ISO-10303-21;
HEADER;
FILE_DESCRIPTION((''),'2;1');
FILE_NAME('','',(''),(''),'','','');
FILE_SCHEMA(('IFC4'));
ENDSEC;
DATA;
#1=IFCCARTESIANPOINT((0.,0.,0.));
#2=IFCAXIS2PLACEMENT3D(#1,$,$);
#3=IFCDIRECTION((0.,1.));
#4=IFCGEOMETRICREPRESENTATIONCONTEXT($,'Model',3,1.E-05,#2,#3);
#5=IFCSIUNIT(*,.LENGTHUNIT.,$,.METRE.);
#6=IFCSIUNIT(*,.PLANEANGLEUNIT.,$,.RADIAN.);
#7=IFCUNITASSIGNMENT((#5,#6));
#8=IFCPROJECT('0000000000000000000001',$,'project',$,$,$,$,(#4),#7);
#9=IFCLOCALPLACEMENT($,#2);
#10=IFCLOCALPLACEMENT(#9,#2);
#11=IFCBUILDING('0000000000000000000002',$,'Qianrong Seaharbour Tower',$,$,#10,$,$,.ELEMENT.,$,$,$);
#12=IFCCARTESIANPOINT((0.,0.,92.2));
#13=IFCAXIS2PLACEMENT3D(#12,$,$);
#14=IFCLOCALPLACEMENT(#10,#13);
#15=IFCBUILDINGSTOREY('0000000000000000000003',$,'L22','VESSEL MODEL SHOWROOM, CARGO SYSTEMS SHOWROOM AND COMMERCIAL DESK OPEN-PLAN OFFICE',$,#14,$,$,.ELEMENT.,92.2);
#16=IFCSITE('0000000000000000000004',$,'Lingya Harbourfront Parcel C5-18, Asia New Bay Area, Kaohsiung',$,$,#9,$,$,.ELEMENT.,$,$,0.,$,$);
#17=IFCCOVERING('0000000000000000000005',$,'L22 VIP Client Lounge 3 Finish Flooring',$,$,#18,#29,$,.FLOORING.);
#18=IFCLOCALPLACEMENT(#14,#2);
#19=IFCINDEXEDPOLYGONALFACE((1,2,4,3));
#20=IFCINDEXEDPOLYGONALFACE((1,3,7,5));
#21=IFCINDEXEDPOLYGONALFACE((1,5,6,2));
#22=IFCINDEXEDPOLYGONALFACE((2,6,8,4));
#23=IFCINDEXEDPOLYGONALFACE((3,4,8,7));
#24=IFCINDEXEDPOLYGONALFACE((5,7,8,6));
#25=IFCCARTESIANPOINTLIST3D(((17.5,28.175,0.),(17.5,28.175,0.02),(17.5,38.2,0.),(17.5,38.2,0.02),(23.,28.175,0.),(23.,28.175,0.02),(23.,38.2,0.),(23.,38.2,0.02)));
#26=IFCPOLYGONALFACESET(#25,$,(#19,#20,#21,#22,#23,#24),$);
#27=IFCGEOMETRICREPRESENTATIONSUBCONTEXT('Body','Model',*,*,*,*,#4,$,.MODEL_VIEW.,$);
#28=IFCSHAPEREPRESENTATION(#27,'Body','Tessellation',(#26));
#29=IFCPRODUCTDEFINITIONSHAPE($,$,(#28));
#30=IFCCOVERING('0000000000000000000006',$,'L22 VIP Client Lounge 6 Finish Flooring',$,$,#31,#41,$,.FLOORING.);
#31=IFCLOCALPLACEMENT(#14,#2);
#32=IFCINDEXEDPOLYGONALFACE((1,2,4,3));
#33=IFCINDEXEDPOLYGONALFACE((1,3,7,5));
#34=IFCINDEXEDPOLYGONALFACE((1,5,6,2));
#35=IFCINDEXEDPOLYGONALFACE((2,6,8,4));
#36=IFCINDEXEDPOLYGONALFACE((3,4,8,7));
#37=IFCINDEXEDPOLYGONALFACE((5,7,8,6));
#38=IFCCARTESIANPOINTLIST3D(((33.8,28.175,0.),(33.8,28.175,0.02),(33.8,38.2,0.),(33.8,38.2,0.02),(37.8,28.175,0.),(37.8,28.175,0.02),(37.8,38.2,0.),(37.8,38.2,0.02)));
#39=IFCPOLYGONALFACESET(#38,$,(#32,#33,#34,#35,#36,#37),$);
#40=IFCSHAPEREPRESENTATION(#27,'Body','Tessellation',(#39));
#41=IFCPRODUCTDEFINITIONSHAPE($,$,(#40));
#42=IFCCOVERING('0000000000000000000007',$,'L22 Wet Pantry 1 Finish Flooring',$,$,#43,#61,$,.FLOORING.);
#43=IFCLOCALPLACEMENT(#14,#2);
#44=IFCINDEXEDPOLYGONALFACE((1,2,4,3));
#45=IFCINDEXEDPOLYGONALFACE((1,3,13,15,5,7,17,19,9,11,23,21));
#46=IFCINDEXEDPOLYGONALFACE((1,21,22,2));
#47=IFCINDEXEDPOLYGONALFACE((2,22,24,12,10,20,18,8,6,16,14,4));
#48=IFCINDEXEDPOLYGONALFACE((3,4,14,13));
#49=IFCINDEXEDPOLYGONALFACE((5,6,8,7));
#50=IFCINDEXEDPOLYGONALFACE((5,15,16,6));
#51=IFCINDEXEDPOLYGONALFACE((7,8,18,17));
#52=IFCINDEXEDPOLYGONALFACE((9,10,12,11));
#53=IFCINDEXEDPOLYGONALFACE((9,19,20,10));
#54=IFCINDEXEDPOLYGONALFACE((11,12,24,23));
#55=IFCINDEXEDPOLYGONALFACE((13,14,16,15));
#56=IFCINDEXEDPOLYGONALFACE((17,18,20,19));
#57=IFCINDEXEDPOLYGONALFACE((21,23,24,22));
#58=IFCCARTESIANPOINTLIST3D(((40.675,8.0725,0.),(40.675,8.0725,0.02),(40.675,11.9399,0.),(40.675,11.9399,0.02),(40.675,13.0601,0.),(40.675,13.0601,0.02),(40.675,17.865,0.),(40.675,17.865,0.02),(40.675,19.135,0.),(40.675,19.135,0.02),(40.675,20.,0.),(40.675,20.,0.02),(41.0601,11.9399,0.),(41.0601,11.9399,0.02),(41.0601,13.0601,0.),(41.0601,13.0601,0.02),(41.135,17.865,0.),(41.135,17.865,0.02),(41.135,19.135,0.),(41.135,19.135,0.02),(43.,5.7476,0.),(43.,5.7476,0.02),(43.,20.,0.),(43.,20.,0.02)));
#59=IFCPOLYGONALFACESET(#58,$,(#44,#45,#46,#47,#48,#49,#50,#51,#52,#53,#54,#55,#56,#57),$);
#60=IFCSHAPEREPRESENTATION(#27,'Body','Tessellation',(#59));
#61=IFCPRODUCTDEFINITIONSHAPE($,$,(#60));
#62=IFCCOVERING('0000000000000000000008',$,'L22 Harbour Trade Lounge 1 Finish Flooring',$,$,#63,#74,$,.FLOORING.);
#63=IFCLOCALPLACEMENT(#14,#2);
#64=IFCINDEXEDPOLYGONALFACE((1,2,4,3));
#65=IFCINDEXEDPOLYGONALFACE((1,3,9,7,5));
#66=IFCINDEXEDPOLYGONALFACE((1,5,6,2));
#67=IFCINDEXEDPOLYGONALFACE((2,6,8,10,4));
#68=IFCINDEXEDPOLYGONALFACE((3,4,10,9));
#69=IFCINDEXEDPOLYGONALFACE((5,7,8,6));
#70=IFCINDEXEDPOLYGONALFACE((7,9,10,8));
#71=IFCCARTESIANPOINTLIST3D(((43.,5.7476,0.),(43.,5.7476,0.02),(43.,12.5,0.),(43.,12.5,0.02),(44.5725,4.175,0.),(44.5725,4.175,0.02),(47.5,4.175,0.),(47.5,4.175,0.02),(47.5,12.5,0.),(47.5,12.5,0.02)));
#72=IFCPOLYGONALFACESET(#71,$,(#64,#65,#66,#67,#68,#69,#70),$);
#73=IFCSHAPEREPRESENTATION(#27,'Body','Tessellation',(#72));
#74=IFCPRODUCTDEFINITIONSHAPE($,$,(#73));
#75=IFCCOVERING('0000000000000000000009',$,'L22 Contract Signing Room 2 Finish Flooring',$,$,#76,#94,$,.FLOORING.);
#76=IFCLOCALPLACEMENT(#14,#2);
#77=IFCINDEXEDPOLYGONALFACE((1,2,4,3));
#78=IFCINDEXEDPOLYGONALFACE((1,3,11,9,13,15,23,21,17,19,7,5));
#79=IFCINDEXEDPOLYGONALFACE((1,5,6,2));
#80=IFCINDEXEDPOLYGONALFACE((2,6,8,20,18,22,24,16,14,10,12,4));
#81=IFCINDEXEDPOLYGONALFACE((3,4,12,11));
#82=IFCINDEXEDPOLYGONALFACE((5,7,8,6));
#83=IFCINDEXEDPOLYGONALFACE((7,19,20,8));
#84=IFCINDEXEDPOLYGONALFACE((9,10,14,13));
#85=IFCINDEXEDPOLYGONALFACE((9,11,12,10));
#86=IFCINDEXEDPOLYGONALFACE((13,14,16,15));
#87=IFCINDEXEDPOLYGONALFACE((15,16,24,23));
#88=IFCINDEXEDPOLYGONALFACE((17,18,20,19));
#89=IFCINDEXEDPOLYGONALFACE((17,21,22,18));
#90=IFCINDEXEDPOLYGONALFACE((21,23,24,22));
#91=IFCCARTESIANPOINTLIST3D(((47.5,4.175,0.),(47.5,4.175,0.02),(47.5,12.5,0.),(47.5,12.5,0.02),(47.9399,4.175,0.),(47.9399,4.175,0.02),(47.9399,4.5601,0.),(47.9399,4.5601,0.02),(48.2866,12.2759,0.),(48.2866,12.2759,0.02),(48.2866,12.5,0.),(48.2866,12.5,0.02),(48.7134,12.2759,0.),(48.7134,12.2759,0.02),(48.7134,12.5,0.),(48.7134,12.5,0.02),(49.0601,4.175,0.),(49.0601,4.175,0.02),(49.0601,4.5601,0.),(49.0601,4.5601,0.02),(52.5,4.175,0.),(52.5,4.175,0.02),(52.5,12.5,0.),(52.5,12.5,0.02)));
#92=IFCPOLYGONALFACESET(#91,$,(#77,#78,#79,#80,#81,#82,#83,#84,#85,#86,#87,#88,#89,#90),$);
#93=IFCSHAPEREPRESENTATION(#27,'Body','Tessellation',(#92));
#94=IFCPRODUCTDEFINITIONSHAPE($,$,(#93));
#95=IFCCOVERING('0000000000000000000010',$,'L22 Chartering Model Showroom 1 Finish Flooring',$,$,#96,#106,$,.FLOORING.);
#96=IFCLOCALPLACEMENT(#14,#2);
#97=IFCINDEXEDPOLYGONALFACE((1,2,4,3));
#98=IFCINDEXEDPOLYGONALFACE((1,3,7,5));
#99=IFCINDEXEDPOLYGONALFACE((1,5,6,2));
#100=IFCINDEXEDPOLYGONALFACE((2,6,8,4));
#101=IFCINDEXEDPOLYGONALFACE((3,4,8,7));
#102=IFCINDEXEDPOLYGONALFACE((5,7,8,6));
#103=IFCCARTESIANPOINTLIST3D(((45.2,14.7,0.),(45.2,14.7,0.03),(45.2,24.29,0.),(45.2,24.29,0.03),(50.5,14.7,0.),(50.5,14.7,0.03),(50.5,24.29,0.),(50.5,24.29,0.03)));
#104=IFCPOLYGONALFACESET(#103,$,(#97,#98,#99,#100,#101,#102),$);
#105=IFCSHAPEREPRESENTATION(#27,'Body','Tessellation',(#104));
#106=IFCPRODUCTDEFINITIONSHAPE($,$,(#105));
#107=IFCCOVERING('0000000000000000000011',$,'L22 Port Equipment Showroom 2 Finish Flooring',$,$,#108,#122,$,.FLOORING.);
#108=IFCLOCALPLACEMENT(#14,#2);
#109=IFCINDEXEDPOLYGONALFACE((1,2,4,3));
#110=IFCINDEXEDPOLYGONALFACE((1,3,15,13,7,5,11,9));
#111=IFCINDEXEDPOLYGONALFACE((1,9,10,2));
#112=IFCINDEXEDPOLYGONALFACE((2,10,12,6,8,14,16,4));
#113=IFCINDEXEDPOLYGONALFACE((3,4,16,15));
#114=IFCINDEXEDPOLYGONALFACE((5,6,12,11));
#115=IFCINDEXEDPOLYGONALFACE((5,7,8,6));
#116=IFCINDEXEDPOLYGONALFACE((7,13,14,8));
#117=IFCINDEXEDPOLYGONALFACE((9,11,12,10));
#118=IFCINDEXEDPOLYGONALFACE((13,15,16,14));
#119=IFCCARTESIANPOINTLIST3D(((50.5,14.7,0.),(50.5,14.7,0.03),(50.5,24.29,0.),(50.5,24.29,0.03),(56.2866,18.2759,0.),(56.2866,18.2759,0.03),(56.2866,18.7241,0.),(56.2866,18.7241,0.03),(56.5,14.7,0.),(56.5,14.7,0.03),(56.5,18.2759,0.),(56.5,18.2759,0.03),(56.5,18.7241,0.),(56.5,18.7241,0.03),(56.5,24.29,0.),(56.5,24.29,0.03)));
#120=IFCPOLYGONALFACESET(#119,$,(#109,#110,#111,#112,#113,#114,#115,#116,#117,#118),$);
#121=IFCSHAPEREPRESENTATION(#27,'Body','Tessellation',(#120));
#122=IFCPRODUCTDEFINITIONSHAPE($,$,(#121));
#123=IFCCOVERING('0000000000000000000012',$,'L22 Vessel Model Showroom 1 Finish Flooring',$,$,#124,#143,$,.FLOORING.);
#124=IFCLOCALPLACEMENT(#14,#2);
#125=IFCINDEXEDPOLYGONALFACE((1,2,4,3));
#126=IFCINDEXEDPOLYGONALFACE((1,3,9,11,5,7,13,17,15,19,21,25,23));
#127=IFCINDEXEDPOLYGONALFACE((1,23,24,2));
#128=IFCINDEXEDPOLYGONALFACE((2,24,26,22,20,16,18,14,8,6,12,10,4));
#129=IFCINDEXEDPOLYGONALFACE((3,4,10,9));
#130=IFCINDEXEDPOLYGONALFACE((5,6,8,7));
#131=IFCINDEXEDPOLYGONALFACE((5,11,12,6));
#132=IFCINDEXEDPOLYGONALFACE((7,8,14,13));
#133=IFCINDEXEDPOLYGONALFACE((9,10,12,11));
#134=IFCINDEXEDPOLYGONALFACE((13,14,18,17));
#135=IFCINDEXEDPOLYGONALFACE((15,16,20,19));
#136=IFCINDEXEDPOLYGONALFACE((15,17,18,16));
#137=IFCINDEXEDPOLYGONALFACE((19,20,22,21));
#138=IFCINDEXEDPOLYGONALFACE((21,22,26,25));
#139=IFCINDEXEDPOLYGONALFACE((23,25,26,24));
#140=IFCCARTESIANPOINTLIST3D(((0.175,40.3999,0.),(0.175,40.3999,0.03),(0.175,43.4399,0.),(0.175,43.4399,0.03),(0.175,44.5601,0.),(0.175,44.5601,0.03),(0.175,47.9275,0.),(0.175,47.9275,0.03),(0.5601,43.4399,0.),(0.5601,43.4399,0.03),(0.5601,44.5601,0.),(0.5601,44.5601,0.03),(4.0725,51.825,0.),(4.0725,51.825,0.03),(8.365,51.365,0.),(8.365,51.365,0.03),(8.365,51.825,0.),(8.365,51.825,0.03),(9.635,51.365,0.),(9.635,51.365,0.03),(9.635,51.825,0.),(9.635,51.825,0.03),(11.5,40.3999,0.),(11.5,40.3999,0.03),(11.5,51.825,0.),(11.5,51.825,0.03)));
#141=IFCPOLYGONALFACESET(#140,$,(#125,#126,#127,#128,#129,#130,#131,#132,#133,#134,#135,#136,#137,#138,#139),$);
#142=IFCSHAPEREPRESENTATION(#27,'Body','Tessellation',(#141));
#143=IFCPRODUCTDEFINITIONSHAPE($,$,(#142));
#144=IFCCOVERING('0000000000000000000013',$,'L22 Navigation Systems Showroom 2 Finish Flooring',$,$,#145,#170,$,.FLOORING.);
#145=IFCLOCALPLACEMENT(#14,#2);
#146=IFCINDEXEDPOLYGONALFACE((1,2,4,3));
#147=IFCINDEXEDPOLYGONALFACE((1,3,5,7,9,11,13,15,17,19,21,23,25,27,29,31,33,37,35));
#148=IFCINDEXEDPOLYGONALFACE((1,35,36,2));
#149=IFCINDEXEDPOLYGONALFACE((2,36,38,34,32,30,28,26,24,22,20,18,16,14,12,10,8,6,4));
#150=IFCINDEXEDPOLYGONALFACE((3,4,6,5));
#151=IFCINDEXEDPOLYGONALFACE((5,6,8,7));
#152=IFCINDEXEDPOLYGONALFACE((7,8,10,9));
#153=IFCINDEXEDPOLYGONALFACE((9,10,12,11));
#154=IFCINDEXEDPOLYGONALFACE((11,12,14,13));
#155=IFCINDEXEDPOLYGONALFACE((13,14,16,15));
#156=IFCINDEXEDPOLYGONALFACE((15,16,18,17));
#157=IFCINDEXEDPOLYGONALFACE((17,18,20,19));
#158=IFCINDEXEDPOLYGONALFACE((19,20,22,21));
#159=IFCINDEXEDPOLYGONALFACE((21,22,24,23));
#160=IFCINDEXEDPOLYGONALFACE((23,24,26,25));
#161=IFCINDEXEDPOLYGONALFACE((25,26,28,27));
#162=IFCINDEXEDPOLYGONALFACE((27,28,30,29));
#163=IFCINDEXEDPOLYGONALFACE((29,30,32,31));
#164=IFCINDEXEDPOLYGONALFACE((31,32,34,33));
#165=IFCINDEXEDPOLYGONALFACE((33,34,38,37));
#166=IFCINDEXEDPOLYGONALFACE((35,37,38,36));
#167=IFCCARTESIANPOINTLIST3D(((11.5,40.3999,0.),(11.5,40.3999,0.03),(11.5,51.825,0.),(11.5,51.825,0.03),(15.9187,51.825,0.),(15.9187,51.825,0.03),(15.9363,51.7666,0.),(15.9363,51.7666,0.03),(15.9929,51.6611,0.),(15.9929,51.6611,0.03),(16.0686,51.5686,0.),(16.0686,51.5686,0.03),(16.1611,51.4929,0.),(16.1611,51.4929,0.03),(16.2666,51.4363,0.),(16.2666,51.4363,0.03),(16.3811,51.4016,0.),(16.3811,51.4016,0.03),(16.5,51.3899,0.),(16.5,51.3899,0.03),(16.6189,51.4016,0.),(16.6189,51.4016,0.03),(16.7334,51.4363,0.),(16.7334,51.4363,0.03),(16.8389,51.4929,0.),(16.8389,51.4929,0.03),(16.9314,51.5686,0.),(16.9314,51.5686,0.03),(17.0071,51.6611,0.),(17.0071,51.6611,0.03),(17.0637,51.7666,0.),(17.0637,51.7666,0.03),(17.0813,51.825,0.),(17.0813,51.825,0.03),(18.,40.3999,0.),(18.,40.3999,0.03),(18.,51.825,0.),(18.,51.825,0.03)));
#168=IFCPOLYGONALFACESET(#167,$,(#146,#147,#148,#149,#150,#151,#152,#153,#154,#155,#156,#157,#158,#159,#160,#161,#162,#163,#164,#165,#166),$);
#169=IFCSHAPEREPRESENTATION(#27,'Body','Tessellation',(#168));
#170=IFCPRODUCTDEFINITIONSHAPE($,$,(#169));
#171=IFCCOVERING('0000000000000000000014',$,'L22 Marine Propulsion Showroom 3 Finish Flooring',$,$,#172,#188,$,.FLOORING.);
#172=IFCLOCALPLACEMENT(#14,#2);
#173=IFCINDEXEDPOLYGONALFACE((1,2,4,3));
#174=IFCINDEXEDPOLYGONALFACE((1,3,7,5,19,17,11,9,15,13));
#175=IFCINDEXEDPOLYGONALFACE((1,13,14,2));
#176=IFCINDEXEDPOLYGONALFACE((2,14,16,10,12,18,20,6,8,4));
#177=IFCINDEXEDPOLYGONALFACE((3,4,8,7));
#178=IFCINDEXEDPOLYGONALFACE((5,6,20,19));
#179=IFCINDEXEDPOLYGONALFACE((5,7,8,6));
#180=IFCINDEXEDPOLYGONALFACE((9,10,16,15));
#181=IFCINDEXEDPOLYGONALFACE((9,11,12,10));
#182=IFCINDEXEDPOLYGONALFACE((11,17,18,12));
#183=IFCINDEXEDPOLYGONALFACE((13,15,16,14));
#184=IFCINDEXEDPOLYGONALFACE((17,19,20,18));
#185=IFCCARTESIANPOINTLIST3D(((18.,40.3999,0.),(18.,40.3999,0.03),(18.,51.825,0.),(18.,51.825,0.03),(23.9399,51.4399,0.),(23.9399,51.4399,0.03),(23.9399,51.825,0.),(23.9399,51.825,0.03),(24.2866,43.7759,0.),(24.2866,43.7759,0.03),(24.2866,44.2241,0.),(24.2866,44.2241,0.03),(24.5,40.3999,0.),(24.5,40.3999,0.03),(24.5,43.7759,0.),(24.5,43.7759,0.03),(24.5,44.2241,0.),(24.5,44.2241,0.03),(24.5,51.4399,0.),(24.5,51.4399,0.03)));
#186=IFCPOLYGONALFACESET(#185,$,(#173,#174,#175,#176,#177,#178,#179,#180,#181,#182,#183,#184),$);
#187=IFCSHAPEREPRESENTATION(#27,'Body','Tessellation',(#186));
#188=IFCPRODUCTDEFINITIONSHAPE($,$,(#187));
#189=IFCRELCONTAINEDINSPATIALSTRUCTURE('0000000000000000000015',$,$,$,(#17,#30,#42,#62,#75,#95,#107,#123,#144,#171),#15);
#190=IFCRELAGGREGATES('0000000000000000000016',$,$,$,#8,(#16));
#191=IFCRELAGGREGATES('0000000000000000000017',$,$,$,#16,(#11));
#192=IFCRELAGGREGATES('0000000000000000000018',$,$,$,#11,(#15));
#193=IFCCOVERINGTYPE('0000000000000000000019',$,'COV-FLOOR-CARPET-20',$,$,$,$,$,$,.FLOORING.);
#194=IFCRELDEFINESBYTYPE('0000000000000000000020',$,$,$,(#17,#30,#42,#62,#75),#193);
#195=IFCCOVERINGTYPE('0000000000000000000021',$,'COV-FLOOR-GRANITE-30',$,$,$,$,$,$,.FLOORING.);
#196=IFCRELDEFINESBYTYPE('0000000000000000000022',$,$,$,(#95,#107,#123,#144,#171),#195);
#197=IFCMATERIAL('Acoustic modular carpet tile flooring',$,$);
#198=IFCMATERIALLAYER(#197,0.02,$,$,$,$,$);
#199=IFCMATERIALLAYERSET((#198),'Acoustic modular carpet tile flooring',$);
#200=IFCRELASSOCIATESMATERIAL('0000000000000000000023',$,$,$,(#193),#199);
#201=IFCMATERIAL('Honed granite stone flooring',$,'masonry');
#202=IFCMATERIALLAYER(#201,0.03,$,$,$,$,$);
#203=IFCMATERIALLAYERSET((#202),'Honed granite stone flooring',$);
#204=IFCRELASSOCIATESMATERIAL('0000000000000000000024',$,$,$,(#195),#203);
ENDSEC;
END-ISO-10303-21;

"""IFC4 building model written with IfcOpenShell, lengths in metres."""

from ifc_helpers import new_model, si_unit, direction, frame, origin, place, context, subcontext, project, spatial, polyline, outline, extrude, material, layer, layer_set, type_object, element, save


model = new_model("IFC4")

# Units and contexts
model_context = context("Model", 3, precision=1e-05, world=origin(), true_north=direction((0.0, 1.0)))
body_context = subcontext(model_context, "Body", "Model", "MODEL_VIEW")
ifc_project = project(units=[si_unit("LENGTHUNIT", "METRE"), si_unit("PLANEANGLEUNIT", "RADIAN")], contexts=[model_context])

# Site, building, storey
site_placement = place(None, origin())
site = spatial("IfcSite", under=ifc_project, at=site_placement, Name="Lingya Harbourfront Parcel C5-18, Asia New Bay Area, Kaohsiung", CompositionType="ELEMENT", RefElevation=0.0)
building_placement = place(site_placement, origin())
building = spatial("IfcBuilding", under=site, at=building_placement, Name="Qianrong Seaharbour Tower", CompositionType="ELEMENT")
storey_placement = place(building_placement, frame((0.0, 0.0, 92.2)))
storey = spatial("IfcBuildingStorey", under=building, at=storey_placement, Name="L22", Description="VESSEL MODEL SHOWROOM, CARGO SYSTEMS SHOWROOM AND COMMERCIAL DESK OPEN-PLAN OFFICE", CompositionType="ELEMENT", Elevation=92.2)

# Coverings
ifc_material_1 = material(Name="Acoustic modular carpet tile flooring")
ifc_layer_1 = layer(ifc_material_1, 0.02)
ifc_layer_set_1 = layer_set([ifc_layer_1], Name="Acoustic modular carpet tile flooring")
covering_type_1 = type_object("IfcCoveringType", Name="COV-FLOOR-CARPET-20", PredefinedType="FLOORING", material=ifc_layer_set_1)
covering_1_placement = place(storey_placement, origin())
element("IfcCovering", 1, at=covering_1_placement, inside=storey, type_object=covering_type_1, Name="L22 VIP Client Lounge 3 Finish Flooring", PredefinedType="FLOORING", context=body_context, shape_type="SweptSolid", body=[
    extrude(outline(polyline([(23.0, 28.175), (17.5, 28.175), (17.5, 38.2), (23.0, 38.2), (23.0, 28.175)])), origin(), (0.0, 0.0, 1.0), 0.02),
])
covering_2_placement = place(storey_placement, origin())
element("IfcCovering", 2, at=covering_2_placement, inside=storey, type_object=covering_type_1, Name="L22 VIP Client Lounge 6 Finish Flooring", PredefinedType="FLOORING", context=body_context, shape_type="SweptSolid", body=[
    extrude(outline(polyline([(37.8, 28.175), (33.8, 28.175), (33.8, 38.2), (37.8, 38.2), (37.8, 28.175)])), origin(), (0.0, 0.0, 1.0), 0.02),
])
covering_3_placement = place(storey_placement, origin())
element("IfcCovering", 3, at=covering_3_placement, inside=storey, type_object=covering_type_1, Name="L22 Wet Pantry 1 Finish Flooring", PredefinedType="FLOORING", context=body_context, shape_type="SweptSolid", body=[
    extrude(outline(polyline([(40.675, 8.0725), (40.675, 11.9399), (41.0601, 11.9399), (41.0601, 13.0601), (40.675, 13.0601), (40.675, 17.865), (41.135, 17.865), (41.135, 19.135), (40.675, 19.135), (40.675, 20.0), (43.0, 20.0), (43.0, 5.7476), (40.675, 8.0725)])), origin(), (0.0, 0.0, 1.0), 0.02),
])
covering_4_placement = place(storey_placement, origin())
element("IfcCovering", 4, at=covering_4_placement, inside=storey, type_object=covering_type_1, Name="L22 Harbour Trade Lounge 1 Finish Flooring", PredefinedType="FLOORING", context=body_context, shape_type="SweptSolid", body=[
    extrude(outline(polyline([(47.5, 4.175), (44.5725, 4.175), (43.0, 5.7476), (43.0, 12.5), (47.5, 12.5), (47.5, 4.175)])), origin(), (0.0, 0.0, 1.0), 0.02),
])
covering_5_placement = place(storey_placement, origin())
element("IfcCovering", 5, at=covering_5_placement, inside=storey, type_object=covering_type_1, Name="L22 Contract Signing Room 2 Finish Flooring", PredefinedType="FLOORING", context=body_context, shape_type="SweptSolid", body=[
    extrude(outline(polyline([(52.5, 4.175), (49.0601, 4.175), (49.0601, 4.5601), (47.9399, 4.5601), (47.9399, 4.175), (47.5, 4.175), (47.5, 12.5), (48.2866, 12.5), (48.2866, 12.2759), (48.7134, 12.2759), (48.7134, 12.5), (52.5, 12.5), (52.5, 4.175)])), origin(), (0.0, 0.0, 1.0), 0.02),
])
ifc_material_2 = material(Name="Honed granite stone flooring", Category="masonry")
ifc_layer_2 = layer(ifc_material_2, 0.03)
ifc_layer_set_2 = layer_set([ifc_layer_2], Name="Honed granite stone flooring")
covering_type_2 = type_object("IfcCoveringType", Name="COV-FLOOR-GRANITE-30", PredefinedType="FLOORING", material=ifc_layer_set_2)
covering_6_placement = place(storey_placement, origin())
element("IfcCovering", 6, at=covering_6_placement, inside=storey, type_object=covering_type_2, Name="L22 Chartering Model Showroom 1 Finish Flooring", PredefinedType="FLOORING", context=body_context, shape_type="SweptSolid", body=[
    extrude(outline(polyline([(50.5, 24.29), (50.5, 14.7), (45.2, 14.7), (45.2, 24.29), (50.5, 24.29)])), origin(), (0.0, 0.0, 1.0), 0.03),
])
covering_7_placement = place(storey_placement, origin())
element("IfcCovering", 7, at=covering_7_placement, inside=storey, type_object=covering_type_2, Name="L22 Port Equipment Showroom 2 Finish Flooring", PredefinedType="FLOORING", context=body_context, shape_type="SweptSolid", body=[
    extrude(outline(polyline([(56.5, 24.29), (56.5, 18.7241), (56.2866, 18.7241), (56.2866, 18.2759), (56.5, 18.2759), (56.5, 14.7), (50.5, 14.7), (50.5, 24.29), (56.5, 24.29)])), origin(), (0.0, 0.0, 1.0), 0.03),
])
covering_8_placement = place(storey_placement, origin())
element("IfcCovering", 8, at=covering_8_placement, inside=storey, type_object=covering_type_2, Name="L22 Vessel Model Showroom 1 Finish Flooring", PredefinedType="FLOORING", context=body_context, shape_type="SweptSolid", body=[
    extrude(outline(polyline([(0.175, 43.4399), (0.5601, 43.4399), (0.5601, 44.5601), (0.175, 44.5601), (0.175, 47.9275), (4.0725, 51.825), (8.365, 51.825), (8.365, 51.365), (9.635, 51.365), (9.635, 51.825), (11.5, 51.825), (11.5, 40.3999), (0.175, 40.3999), (0.175, 43.4399)])), origin(), (0.0, 0.0, 1.0), 0.03),
])
covering_9_placement = place(storey_placement, origin())
element("IfcCovering", 9, at=covering_9_placement, inside=storey, type_object=covering_type_2, Name="L22 Navigation Systems Showroom 2 Finish Flooring", PredefinedType="FLOORING", context=body_context, shape_type="SweptSolid", body=[
    extrude(outline(polyline([(11.5, 51.825), (15.9187, 51.825), (15.9363, 51.7666), (15.9929, 51.6611), (16.0686, 51.5686), (16.1611, 51.4929), (16.2666, 51.4363), (16.3811, 51.4016), (16.5, 51.3899), (16.6189, 51.4016), (16.7334, 51.4363), (16.8389, 51.4929), (16.9314, 51.5686), (17.0071, 51.6611), (17.0637, 51.7666), (17.0813, 51.825), (18.0, 51.825), (18.0, 40.3999), (11.5, 40.3999), (11.5, 51.825)])), origin(), (0.0, 0.0, 1.0), 0.03),
])
covering_10_placement = place(storey_placement, origin())
element("IfcCovering", 10, at=covering_10_placement, inside=storey, type_object=covering_type_2, Name="L22 Marine Propulsion Showroom 3 Finish Flooring", PredefinedType="FLOORING", context=body_context, shape_type="SweptSolid", body=[
    extrude(outline(polyline([(18.0, 51.825), (23.9399, 51.825), (23.9399, 51.4399), (24.5, 51.4399), (24.5, 44.2241), (24.2866, 44.2241), (24.2866, 43.7759), (24.5, 43.7759), (24.5, 40.3999), (18.0, 40.3999), (18.0, 51.825)])), origin(), (0.0, 0.0, 1.0), 0.03),
])

save(model, "model.ifc")
